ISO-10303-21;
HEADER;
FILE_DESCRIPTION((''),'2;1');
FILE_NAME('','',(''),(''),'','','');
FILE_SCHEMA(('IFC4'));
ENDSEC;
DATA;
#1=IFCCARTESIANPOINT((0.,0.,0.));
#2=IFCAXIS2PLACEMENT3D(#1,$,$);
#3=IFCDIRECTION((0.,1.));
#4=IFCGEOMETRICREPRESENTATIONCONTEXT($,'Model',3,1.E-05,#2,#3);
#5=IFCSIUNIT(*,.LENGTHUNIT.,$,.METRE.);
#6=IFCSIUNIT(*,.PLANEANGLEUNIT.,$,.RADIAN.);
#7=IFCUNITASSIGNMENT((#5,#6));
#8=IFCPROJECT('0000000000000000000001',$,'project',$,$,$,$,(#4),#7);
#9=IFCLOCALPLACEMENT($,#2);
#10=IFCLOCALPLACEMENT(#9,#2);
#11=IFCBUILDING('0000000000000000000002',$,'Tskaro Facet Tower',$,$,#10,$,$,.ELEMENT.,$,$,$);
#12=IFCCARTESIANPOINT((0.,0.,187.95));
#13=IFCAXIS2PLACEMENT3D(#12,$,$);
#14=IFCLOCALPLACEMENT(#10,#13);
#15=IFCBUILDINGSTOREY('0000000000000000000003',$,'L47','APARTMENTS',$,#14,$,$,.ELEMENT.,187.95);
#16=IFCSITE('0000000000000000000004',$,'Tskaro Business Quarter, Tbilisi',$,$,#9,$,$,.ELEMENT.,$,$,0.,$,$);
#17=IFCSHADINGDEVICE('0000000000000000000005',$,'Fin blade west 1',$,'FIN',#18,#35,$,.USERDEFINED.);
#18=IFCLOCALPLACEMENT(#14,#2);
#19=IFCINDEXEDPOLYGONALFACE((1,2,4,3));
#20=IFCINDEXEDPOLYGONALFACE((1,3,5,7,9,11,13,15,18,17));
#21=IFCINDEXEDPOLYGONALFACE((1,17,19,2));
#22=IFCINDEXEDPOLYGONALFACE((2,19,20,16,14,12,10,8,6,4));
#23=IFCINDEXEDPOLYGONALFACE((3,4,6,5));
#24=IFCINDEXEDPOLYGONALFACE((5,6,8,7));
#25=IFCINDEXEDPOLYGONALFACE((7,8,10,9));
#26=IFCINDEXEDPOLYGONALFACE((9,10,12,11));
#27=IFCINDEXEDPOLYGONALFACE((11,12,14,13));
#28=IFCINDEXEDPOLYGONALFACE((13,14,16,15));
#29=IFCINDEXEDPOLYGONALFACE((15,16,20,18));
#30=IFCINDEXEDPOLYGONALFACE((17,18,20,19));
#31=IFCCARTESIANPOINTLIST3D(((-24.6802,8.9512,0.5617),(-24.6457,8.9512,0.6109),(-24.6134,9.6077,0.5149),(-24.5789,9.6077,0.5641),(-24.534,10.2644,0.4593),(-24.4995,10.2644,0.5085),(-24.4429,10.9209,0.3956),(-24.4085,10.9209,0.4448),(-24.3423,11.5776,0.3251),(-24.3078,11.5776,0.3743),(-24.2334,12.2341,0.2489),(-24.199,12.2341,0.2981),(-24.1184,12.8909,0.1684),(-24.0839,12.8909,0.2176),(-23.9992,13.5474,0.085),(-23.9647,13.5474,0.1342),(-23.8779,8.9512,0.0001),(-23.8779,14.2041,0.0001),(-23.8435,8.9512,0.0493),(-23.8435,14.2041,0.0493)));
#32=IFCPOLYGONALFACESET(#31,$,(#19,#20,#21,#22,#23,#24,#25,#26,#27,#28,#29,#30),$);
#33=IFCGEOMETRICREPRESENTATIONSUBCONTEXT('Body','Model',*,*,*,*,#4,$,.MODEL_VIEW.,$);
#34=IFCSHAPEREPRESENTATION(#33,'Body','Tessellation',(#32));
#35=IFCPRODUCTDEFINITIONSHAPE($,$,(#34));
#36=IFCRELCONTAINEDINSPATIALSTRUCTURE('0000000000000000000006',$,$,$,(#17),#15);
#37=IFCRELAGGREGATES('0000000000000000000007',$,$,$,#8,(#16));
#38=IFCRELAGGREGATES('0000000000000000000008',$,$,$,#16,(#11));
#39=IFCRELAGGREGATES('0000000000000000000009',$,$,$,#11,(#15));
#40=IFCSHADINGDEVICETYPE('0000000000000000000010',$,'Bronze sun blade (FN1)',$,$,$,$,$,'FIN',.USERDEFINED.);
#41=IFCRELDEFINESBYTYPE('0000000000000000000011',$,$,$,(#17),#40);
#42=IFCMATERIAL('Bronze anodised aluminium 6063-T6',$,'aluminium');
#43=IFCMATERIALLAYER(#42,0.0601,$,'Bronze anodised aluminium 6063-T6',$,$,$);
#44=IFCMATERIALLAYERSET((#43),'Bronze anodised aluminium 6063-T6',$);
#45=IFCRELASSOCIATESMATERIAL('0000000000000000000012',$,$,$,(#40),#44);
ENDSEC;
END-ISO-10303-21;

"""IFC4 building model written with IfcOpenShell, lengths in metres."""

from ifc_helpers import new_model, si_unit, direction, frame, origin, place, context, subcontext, project, spatial, polyline, outline, extrude, material, layer, layer_set, type_object, element, save


model = new_model("IFC4")

# Units and contexts
model_context = context("Model", 3, precision=1e-05, world=origin(), true_north=direction((0.0, 1.0)))
body_context = subcontext(model_context, "Body", "Model", "MODEL_VIEW")
ifc_project = project(units=[si_unit("LENGTHUNIT", "METRE"), si_unit("PLANEANGLEUNIT", "RADIAN")], contexts=[model_context])

# Site, building, storey
site_placement = place(None, origin())
site = spatial("IfcSite", under=ifc_project, at=site_placement, Name="Tskaro Business Quarter, Tbilisi", CompositionType="ELEMENT", RefElevation=0.0)
building_placement = place(site_placement, origin())
building = spatial("IfcBuilding", under=site, at=building_placement, Name="Tskaro Facet Tower", CompositionType="ELEMENT")
storey_placement = place(building_placement, frame((0.0, 0.0, 187.95)))
storey = spatial("IfcBuildingStorey", under=building, at=storey_placement, Name="L47", Description="APARTMENTS", CompositionType="ELEMENT", Elevation=187.95)

# Shared definitions
ifc_material_1 = material(Name="Bronze anodised aluminium 6063-T6", Category="aluminium")

# Shading device
ifc_layer_1 = layer(ifc_material_1, 0.0601, Name="Bronze anodised aluminium 6063-T6")
ifc_layer_set_1 = layer_set([ifc_layer_1], Name="Bronze anodised aluminium 6063-T6")
shading_device_type = type_object("IfcShadingDeviceType", Name="Bronze sun blade (FN1)", ElementType="FIN", PredefinedType="USERDEFINED", material=ifc_layer_set_1)
shading_device_placement = place(storey_placement, frame((-23.8435, 14.2041, 0.0493), z_axis=(0.573417, 0.000007, 0.819264), x_axis=(0.000004, -1.0, 0.000006)))
element("IfcShadingDevice", 1, at=shading_device_placement, inside=storey, type_object=shading_device_type, Name="Fin blade west 1", ObjectType="FIN", PredefinedType="USERDEFINED", context=body_context, shape_type="SweptSolid", body=[
    extrude(outline(polyline([(0.0, 0.0), (5.2529, 0.0), (5.2529, -0.9792), (4.5964, -0.8977), (3.9397, -0.8008), (3.2832, -0.6896), (2.6265, -0.5668), (1.97, -0.4339), (1.3132, -0.2935), (0.6567, -0.148), (0.0, 0.0)])), origin(), (0.0, 0.0, -1.0), 0.0601),
])

save(model, "model.ifc")
